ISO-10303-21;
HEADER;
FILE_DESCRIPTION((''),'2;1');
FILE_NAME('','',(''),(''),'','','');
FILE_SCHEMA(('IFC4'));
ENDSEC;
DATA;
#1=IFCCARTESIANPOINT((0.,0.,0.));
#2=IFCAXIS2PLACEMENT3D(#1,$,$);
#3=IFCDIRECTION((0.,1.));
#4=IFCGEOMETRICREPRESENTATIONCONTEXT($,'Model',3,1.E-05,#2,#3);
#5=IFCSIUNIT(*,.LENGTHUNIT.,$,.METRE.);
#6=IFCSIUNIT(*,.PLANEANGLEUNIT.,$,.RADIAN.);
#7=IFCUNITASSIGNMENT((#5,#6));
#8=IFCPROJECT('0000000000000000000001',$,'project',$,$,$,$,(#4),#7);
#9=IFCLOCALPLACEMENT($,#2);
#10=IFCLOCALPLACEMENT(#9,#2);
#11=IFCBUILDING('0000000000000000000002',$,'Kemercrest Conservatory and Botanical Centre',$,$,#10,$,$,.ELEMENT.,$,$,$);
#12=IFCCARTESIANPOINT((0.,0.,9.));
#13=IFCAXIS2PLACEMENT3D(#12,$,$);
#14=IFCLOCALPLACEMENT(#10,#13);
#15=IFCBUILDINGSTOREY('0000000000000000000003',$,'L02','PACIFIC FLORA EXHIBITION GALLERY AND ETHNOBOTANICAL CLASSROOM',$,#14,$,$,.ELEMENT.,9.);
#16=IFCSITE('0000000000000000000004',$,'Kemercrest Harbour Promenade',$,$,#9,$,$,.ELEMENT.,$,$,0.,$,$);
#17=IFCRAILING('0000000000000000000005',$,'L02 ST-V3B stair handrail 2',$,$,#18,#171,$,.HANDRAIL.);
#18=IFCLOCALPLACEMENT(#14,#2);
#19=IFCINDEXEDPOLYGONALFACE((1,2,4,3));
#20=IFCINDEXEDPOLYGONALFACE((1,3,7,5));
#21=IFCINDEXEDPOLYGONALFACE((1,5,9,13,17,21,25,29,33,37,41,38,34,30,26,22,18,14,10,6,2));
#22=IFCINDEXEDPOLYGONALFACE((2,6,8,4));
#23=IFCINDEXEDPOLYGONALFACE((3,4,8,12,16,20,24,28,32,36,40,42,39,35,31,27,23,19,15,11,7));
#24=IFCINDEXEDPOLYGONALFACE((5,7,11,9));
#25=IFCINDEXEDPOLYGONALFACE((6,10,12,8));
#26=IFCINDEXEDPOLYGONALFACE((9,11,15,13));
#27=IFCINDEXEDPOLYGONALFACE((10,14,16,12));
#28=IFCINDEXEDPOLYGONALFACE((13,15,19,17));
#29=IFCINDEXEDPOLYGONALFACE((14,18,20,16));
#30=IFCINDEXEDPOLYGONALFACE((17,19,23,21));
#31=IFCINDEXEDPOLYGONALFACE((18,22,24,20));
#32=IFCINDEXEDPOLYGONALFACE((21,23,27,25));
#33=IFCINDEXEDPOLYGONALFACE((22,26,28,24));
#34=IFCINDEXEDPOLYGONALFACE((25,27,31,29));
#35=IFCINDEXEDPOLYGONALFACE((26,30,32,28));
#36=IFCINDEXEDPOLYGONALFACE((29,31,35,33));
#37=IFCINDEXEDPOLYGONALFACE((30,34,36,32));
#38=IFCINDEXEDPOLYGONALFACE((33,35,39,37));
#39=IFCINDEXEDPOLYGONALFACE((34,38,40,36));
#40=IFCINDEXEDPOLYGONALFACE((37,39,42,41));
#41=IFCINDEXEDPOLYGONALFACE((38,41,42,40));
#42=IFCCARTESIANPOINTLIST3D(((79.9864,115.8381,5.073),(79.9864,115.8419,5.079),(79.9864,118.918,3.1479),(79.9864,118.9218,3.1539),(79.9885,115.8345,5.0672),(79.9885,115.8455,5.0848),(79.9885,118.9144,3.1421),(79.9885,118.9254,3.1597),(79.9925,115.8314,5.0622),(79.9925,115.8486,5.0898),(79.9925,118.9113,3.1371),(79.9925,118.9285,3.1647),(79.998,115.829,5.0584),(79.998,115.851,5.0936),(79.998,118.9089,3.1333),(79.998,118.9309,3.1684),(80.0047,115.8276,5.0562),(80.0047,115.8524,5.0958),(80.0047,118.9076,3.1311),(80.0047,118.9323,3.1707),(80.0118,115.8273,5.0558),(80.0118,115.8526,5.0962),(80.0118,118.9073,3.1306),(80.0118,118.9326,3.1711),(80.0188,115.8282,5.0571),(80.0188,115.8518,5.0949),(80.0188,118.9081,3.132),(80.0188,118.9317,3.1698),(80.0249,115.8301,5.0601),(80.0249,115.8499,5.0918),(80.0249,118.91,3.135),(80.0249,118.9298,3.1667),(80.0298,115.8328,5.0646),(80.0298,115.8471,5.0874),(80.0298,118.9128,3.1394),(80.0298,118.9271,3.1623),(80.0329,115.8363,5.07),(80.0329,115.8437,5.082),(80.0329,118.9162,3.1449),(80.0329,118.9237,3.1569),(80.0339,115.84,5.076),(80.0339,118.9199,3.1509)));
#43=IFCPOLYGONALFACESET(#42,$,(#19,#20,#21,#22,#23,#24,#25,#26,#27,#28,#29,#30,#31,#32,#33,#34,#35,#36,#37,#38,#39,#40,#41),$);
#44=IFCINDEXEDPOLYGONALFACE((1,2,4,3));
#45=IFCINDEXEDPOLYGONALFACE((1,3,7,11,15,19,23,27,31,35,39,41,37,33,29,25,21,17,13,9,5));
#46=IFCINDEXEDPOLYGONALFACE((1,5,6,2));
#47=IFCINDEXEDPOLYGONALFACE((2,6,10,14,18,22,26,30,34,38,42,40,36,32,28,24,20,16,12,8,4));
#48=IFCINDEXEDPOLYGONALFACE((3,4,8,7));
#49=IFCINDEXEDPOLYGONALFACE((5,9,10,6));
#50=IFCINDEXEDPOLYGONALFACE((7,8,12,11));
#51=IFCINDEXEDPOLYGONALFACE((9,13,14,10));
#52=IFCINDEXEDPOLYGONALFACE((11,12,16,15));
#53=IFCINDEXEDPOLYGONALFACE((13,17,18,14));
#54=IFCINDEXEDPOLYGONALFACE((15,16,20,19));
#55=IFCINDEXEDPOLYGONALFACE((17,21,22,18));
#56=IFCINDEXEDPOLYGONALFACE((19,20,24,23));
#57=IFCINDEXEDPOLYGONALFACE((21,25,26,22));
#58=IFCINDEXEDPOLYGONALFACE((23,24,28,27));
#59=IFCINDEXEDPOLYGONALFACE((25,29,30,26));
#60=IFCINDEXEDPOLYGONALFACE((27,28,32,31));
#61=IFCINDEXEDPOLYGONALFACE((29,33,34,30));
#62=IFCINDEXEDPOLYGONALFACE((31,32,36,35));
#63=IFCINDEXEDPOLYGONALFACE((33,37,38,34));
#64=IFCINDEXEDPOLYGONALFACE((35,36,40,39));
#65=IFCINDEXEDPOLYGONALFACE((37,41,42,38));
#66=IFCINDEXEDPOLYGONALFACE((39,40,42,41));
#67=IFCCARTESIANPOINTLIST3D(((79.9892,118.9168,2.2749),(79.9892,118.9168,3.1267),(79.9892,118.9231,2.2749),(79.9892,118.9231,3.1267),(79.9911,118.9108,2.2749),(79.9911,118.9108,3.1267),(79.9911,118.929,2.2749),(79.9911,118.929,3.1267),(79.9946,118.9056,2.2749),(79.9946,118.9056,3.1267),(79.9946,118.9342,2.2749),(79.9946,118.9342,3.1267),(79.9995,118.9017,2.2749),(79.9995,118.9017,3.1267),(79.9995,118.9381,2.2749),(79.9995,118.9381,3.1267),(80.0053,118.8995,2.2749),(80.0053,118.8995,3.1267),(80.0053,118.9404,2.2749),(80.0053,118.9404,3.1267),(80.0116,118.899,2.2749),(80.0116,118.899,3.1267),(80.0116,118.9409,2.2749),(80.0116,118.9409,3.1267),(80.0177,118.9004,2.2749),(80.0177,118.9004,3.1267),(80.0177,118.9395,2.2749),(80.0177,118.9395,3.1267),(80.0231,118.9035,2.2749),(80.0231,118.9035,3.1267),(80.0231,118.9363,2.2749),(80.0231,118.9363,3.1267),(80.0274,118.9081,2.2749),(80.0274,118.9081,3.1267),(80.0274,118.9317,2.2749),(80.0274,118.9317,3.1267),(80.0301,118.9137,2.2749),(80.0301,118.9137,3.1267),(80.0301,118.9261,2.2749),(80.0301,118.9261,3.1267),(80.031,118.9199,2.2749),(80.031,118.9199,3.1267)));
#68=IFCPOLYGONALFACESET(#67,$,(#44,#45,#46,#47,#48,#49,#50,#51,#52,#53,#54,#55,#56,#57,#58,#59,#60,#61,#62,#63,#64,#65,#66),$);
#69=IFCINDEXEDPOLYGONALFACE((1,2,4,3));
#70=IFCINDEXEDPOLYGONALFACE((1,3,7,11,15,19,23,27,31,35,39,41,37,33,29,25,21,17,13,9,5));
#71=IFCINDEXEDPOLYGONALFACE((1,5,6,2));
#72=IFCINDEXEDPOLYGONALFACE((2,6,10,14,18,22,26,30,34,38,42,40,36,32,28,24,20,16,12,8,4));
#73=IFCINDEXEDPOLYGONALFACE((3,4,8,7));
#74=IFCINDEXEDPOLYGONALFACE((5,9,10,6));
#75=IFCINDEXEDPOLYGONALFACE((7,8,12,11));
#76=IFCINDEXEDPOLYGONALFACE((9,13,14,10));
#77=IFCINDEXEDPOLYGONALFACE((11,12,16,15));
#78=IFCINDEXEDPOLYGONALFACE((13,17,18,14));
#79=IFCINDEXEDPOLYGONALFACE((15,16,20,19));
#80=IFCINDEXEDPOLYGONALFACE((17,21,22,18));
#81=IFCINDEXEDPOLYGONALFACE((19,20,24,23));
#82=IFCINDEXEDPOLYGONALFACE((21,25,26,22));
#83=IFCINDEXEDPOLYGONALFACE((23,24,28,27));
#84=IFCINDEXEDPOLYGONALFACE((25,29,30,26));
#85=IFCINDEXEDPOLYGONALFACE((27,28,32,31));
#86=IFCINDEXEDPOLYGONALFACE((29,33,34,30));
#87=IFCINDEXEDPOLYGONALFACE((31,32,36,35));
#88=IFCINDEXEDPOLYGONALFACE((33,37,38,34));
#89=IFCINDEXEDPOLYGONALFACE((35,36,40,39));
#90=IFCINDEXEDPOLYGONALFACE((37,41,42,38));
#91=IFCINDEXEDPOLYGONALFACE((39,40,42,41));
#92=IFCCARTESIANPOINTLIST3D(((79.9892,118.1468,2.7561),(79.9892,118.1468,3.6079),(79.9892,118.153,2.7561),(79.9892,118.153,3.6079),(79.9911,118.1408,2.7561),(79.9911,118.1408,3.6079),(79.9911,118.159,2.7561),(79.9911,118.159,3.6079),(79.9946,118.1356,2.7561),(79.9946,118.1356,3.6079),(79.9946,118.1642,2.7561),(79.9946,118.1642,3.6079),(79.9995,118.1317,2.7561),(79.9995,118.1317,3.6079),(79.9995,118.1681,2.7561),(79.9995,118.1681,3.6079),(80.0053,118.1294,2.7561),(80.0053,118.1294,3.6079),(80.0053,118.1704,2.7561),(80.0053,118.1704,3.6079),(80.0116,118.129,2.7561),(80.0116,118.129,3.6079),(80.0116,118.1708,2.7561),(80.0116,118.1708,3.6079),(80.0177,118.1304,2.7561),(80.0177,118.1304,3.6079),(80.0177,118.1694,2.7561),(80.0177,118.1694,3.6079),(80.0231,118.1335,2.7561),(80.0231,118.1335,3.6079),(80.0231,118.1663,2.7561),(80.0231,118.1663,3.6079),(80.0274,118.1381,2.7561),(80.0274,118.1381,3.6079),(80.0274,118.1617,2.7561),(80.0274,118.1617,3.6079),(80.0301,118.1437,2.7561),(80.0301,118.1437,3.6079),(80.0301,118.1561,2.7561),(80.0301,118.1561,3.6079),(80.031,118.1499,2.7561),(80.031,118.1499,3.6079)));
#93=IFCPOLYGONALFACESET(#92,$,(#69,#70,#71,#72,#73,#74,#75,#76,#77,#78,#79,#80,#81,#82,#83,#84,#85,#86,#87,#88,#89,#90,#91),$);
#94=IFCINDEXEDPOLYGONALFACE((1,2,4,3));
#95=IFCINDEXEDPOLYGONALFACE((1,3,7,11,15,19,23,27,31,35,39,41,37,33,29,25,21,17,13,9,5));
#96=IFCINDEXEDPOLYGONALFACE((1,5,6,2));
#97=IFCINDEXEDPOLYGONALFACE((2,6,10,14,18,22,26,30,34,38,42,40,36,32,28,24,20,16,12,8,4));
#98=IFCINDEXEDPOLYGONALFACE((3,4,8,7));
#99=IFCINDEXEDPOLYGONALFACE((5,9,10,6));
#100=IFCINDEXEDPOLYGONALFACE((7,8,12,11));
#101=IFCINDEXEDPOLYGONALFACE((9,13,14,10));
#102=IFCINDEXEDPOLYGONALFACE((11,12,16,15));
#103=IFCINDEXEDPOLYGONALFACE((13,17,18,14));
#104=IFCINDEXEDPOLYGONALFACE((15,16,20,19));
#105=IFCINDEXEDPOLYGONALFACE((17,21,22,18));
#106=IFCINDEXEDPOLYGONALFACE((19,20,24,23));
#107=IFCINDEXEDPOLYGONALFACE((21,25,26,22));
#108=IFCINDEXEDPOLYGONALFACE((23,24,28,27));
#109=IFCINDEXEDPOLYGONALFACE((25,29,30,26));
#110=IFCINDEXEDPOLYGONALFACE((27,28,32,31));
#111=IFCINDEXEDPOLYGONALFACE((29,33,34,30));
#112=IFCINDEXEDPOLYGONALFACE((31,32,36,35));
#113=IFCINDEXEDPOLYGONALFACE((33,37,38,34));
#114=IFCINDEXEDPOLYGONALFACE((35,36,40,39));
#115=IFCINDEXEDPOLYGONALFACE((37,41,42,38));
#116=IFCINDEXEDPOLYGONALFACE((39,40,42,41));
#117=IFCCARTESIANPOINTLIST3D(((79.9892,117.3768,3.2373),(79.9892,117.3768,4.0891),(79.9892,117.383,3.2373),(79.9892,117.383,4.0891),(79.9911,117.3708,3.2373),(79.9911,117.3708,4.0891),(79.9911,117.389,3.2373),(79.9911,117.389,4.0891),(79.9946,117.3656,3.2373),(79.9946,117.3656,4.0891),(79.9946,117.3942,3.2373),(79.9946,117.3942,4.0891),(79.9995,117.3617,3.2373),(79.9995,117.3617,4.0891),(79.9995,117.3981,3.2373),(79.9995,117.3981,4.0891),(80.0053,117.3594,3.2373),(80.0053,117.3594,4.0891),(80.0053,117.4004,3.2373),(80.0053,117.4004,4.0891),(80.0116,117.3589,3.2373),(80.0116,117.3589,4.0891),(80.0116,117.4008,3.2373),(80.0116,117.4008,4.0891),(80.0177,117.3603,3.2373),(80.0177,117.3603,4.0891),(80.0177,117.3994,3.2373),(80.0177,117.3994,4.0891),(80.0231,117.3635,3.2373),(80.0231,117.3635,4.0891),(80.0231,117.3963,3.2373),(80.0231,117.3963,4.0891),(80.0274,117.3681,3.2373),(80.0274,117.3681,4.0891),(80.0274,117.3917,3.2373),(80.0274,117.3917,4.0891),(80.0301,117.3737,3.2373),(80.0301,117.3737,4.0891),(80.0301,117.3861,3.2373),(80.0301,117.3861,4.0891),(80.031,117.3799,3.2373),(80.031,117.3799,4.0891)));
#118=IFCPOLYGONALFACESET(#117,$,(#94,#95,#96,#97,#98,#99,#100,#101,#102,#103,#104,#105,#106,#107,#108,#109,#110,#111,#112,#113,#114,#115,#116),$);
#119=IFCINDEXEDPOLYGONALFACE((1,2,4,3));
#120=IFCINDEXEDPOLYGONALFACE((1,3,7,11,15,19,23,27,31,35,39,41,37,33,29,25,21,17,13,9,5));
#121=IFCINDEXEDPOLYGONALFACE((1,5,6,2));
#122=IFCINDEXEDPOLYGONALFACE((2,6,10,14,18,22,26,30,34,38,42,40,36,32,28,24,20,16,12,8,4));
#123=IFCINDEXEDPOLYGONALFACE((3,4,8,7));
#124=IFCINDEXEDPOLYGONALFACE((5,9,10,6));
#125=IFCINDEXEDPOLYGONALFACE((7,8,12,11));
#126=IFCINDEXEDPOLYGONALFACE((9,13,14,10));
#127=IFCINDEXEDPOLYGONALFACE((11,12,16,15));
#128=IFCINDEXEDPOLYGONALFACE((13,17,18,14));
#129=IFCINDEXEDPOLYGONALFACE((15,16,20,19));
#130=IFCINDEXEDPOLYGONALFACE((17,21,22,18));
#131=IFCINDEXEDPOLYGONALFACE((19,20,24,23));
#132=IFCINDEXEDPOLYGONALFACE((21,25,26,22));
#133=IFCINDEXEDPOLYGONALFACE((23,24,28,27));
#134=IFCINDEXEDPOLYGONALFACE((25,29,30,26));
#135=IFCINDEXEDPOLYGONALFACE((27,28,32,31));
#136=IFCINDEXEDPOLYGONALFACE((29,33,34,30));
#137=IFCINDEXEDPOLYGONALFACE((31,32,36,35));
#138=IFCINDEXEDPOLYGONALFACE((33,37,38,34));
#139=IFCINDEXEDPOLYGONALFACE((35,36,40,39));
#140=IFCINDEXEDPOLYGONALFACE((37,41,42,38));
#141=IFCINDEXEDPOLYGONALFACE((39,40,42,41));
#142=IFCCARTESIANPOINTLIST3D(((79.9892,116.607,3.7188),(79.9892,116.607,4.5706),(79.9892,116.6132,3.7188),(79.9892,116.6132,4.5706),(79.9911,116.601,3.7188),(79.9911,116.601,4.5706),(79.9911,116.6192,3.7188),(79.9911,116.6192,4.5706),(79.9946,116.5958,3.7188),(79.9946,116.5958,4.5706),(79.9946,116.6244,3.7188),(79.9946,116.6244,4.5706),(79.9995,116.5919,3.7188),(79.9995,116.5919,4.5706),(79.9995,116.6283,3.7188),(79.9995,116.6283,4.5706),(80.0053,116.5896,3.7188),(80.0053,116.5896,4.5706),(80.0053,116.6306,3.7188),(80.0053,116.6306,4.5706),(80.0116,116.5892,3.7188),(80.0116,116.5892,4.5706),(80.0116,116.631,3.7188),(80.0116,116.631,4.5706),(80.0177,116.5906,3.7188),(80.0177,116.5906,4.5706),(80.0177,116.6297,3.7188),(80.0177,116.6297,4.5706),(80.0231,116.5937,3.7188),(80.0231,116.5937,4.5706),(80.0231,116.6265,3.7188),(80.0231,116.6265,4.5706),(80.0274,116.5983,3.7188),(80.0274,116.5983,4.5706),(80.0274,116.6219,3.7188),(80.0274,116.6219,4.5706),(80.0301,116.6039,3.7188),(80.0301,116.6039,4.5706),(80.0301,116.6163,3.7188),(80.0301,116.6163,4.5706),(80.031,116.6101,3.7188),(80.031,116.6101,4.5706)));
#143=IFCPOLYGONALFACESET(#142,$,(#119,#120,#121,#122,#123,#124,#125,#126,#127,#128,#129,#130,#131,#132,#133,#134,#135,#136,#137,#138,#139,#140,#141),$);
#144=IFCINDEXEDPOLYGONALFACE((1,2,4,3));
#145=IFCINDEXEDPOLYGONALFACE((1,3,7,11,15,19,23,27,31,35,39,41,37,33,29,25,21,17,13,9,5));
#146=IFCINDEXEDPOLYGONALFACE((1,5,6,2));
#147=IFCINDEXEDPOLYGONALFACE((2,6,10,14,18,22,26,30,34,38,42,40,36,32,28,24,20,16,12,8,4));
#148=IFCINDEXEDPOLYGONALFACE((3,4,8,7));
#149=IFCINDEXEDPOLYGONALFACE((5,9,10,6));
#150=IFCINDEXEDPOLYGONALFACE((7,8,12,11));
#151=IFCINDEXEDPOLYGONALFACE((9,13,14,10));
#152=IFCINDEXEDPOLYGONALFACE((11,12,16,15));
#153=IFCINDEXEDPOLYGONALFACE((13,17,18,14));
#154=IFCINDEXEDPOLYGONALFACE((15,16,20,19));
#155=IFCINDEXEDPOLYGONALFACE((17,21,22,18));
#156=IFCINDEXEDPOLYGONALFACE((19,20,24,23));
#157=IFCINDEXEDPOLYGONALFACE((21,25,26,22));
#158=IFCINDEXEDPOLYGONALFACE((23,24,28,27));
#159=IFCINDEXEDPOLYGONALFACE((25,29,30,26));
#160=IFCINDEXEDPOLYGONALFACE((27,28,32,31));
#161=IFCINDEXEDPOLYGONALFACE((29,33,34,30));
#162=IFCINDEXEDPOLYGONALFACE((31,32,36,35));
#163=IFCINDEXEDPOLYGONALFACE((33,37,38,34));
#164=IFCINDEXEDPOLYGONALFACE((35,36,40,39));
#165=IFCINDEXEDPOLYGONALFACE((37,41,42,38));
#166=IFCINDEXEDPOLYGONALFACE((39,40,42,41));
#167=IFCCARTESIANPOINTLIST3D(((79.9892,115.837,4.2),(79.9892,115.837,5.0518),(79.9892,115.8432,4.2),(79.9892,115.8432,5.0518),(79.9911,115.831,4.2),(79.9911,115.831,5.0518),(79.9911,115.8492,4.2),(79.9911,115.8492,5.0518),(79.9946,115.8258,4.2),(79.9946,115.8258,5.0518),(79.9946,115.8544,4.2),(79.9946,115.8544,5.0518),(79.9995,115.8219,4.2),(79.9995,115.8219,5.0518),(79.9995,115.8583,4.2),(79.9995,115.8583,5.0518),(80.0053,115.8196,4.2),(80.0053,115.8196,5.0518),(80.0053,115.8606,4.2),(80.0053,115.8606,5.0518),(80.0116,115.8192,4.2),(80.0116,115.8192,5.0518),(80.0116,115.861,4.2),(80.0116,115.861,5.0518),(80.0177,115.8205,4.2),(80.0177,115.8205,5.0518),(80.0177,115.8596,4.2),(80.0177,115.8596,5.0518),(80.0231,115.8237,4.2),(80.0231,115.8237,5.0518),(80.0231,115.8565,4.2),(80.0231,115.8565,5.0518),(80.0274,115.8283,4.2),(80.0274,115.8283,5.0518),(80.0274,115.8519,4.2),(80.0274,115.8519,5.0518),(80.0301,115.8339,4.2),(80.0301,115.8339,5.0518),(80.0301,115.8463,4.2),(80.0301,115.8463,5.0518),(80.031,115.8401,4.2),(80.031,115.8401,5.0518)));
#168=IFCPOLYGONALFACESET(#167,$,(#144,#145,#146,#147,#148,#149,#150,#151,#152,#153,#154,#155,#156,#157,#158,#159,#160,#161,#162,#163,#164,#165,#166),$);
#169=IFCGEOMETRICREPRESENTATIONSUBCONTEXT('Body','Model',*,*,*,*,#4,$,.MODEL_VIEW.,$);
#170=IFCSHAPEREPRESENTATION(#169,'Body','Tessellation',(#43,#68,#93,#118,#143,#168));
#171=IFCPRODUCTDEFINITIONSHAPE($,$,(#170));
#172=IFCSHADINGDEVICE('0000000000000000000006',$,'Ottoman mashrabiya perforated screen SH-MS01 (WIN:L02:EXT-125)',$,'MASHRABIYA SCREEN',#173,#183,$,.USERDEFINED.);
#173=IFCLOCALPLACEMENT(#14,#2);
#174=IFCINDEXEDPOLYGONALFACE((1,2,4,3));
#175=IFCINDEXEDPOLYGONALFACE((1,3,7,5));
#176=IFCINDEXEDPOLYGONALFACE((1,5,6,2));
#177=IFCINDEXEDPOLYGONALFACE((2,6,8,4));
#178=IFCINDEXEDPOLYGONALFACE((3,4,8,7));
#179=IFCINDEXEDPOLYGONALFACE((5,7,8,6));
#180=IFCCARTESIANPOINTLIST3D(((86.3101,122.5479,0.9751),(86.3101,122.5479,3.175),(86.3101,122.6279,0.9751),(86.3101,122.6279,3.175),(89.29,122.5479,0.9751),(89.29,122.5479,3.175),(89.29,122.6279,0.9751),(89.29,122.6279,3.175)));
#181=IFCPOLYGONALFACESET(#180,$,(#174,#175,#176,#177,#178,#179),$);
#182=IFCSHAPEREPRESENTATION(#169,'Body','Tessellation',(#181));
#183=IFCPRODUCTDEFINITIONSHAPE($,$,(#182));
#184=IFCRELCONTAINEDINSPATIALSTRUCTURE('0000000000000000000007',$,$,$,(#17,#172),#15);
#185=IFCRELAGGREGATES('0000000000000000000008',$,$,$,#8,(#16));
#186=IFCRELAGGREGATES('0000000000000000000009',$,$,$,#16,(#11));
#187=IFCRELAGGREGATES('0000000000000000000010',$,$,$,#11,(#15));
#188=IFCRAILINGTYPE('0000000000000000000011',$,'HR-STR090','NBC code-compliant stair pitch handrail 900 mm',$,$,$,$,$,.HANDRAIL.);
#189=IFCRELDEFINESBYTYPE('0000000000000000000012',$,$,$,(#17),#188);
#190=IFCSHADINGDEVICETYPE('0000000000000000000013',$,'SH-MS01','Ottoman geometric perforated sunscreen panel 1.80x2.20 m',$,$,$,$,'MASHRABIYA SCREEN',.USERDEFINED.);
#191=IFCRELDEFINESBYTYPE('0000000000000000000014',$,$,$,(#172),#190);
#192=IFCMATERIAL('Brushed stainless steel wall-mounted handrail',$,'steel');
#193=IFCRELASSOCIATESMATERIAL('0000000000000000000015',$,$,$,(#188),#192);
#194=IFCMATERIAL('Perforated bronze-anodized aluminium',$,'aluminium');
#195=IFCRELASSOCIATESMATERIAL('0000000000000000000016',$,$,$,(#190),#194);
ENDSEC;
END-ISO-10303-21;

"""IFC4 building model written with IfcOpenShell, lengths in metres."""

from ifc_helpers import new_model, si_unit, direction, frame, origin, origin_2d, place, context, subcontext, project, spatial, rectangle, circle, extrude, material, type_object, element, save


model = new_model("IFC4")

# Units and contexts
model_context = context("Model", 3, precision=1e-05, world=origin(), true_north=direction((0.0, 1.0)))
body_context = subcontext(model_context, "Body", "Model", "MODEL_VIEW")
ifc_project = project(units=[si_unit("LENGTHUNIT", "METRE"), si_unit("PLANEANGLEUNIT", "RADIAN")], contexts=[model_context])

# Site, building, storey
site_placement = place(None, origin())
site = spatial("IfcSite", under=ifc_project, at=site_placement, Name="Kemercrest Harbour Promenade", CompositionType="ELEMENT", RefElevation=0.0)
building_placement = place(site_placement, origin())
building = spatial("IfcBuilding", under=site, at=building_placement, Name="Kemercrest Conservatory and Botanical Centre", CompositionType="ELEMENT")
storey_placement = place(building_placement, frame((0.0, 0.0, 9.0)))
storey = spatial("IfcBuildingStorey", under=building, at=storey_placement, Name="L02", Description="PACIFIC FLORA EXHIBITION GALLERY AND ETHNOBOTANICAL CLASSROOM", CompositionType="ELEMENT", Elevation=9.0)

# Railing
ifc_material_1 = material(Name="Brushed stainless steel wall-mounted handrail", Category="steel")
railing_type_1 = type_object("IfcRailingType", Name="HR-STR090", Description="NBC code-compliant stair pitch handrail 900 mm", PredefinedType="HANDRAIL", material=ifc_material_1)
railing_1_placement = place(storey_placement, frame((80.01, 118.9199, 2.2749)))
element("IfcRailing", 1, at=railing_1_placement, inside=storey, type_object=railing_type_1, Name="L02 ST-V3B stair handrail 2", PredefinedType="HANDRAIL", context=body_context, shape_type="SweptSolid", body=[
    extrude(circle(Radius=0.0239, at=origin_2d()), frame((0.0, 0.0, 0.876), z_axis=(0.0, -0.847979, 0.530029), x_axis=(1.0, 0.0, 0.0)), (0.0, 0.0, 1.0), 3.6321),
    extrude(circle(Radius=0.021, at=origin_2d()), origin(), (0.0, 0.0, 1.0), 0.8518),
    extrude(circle(Radius=0.021, at=origin_2d()), frame((0.0, -0.77, 0.4812)), (0.0, 0.0, 1.0), 0.8518),
    extrude(circle(Radius=0.021, at=origin_2d()), frame((0.0, -1.54, 0.9624)), (0.0, 0.0, 1.0), 0.8518),
    extrude(circle(Radius=0.021, at=origin_2d()), frame((0.0, -2.3098, 1.4438)), (0.0, 0.0, 1.0), 0.8518),
    extrude(circle(Radius=0.021, at=origin_2d()), frame((0.0, -3.0798, 1.925)), (0.0, 0.0, 1.0), 0.8518),
])

# Shading device
ifc_material_2 = material(Name="Perforated bronze-anodized aluminium", Category="aluminium")
shading_device_type = type_object("IfcShadingDeviceType", Name="SH-MS01", Description="Ottoman geometric perforated sunscreen panel 1.80x2.20 m", ElementType="MASHRABIYA SCREEN", PredefinedType="USERDEFINED", material=ifc_material_2)
shading_device_placement = place(storey_placement, frame((87.8, 122.5879, 0.9751), z_axis=(0.0, 0.0, 1.0), x_axis=(-1.0, 0.0, 0.0)))
element("IfcShadingDevice", 2, at=shading_device_placement, inside=storey, type_object=shading_device_type, Name="Ottoman mashrabiya perforated screen SH-MS01 (WIN:L02:EXT-125)", ObjectType="MASHRABIYA SCREEN", PredefinedType="USERDEFINED", context=body_context, shape_type="SweptSolid", body=[
    extrude(rectangle(XDim=2.98, YDim=0.0801, at=origin_2d()), origin(), (0.0, 0.0, 1.0), 2.2),
])

save(model, "model.ifc")
